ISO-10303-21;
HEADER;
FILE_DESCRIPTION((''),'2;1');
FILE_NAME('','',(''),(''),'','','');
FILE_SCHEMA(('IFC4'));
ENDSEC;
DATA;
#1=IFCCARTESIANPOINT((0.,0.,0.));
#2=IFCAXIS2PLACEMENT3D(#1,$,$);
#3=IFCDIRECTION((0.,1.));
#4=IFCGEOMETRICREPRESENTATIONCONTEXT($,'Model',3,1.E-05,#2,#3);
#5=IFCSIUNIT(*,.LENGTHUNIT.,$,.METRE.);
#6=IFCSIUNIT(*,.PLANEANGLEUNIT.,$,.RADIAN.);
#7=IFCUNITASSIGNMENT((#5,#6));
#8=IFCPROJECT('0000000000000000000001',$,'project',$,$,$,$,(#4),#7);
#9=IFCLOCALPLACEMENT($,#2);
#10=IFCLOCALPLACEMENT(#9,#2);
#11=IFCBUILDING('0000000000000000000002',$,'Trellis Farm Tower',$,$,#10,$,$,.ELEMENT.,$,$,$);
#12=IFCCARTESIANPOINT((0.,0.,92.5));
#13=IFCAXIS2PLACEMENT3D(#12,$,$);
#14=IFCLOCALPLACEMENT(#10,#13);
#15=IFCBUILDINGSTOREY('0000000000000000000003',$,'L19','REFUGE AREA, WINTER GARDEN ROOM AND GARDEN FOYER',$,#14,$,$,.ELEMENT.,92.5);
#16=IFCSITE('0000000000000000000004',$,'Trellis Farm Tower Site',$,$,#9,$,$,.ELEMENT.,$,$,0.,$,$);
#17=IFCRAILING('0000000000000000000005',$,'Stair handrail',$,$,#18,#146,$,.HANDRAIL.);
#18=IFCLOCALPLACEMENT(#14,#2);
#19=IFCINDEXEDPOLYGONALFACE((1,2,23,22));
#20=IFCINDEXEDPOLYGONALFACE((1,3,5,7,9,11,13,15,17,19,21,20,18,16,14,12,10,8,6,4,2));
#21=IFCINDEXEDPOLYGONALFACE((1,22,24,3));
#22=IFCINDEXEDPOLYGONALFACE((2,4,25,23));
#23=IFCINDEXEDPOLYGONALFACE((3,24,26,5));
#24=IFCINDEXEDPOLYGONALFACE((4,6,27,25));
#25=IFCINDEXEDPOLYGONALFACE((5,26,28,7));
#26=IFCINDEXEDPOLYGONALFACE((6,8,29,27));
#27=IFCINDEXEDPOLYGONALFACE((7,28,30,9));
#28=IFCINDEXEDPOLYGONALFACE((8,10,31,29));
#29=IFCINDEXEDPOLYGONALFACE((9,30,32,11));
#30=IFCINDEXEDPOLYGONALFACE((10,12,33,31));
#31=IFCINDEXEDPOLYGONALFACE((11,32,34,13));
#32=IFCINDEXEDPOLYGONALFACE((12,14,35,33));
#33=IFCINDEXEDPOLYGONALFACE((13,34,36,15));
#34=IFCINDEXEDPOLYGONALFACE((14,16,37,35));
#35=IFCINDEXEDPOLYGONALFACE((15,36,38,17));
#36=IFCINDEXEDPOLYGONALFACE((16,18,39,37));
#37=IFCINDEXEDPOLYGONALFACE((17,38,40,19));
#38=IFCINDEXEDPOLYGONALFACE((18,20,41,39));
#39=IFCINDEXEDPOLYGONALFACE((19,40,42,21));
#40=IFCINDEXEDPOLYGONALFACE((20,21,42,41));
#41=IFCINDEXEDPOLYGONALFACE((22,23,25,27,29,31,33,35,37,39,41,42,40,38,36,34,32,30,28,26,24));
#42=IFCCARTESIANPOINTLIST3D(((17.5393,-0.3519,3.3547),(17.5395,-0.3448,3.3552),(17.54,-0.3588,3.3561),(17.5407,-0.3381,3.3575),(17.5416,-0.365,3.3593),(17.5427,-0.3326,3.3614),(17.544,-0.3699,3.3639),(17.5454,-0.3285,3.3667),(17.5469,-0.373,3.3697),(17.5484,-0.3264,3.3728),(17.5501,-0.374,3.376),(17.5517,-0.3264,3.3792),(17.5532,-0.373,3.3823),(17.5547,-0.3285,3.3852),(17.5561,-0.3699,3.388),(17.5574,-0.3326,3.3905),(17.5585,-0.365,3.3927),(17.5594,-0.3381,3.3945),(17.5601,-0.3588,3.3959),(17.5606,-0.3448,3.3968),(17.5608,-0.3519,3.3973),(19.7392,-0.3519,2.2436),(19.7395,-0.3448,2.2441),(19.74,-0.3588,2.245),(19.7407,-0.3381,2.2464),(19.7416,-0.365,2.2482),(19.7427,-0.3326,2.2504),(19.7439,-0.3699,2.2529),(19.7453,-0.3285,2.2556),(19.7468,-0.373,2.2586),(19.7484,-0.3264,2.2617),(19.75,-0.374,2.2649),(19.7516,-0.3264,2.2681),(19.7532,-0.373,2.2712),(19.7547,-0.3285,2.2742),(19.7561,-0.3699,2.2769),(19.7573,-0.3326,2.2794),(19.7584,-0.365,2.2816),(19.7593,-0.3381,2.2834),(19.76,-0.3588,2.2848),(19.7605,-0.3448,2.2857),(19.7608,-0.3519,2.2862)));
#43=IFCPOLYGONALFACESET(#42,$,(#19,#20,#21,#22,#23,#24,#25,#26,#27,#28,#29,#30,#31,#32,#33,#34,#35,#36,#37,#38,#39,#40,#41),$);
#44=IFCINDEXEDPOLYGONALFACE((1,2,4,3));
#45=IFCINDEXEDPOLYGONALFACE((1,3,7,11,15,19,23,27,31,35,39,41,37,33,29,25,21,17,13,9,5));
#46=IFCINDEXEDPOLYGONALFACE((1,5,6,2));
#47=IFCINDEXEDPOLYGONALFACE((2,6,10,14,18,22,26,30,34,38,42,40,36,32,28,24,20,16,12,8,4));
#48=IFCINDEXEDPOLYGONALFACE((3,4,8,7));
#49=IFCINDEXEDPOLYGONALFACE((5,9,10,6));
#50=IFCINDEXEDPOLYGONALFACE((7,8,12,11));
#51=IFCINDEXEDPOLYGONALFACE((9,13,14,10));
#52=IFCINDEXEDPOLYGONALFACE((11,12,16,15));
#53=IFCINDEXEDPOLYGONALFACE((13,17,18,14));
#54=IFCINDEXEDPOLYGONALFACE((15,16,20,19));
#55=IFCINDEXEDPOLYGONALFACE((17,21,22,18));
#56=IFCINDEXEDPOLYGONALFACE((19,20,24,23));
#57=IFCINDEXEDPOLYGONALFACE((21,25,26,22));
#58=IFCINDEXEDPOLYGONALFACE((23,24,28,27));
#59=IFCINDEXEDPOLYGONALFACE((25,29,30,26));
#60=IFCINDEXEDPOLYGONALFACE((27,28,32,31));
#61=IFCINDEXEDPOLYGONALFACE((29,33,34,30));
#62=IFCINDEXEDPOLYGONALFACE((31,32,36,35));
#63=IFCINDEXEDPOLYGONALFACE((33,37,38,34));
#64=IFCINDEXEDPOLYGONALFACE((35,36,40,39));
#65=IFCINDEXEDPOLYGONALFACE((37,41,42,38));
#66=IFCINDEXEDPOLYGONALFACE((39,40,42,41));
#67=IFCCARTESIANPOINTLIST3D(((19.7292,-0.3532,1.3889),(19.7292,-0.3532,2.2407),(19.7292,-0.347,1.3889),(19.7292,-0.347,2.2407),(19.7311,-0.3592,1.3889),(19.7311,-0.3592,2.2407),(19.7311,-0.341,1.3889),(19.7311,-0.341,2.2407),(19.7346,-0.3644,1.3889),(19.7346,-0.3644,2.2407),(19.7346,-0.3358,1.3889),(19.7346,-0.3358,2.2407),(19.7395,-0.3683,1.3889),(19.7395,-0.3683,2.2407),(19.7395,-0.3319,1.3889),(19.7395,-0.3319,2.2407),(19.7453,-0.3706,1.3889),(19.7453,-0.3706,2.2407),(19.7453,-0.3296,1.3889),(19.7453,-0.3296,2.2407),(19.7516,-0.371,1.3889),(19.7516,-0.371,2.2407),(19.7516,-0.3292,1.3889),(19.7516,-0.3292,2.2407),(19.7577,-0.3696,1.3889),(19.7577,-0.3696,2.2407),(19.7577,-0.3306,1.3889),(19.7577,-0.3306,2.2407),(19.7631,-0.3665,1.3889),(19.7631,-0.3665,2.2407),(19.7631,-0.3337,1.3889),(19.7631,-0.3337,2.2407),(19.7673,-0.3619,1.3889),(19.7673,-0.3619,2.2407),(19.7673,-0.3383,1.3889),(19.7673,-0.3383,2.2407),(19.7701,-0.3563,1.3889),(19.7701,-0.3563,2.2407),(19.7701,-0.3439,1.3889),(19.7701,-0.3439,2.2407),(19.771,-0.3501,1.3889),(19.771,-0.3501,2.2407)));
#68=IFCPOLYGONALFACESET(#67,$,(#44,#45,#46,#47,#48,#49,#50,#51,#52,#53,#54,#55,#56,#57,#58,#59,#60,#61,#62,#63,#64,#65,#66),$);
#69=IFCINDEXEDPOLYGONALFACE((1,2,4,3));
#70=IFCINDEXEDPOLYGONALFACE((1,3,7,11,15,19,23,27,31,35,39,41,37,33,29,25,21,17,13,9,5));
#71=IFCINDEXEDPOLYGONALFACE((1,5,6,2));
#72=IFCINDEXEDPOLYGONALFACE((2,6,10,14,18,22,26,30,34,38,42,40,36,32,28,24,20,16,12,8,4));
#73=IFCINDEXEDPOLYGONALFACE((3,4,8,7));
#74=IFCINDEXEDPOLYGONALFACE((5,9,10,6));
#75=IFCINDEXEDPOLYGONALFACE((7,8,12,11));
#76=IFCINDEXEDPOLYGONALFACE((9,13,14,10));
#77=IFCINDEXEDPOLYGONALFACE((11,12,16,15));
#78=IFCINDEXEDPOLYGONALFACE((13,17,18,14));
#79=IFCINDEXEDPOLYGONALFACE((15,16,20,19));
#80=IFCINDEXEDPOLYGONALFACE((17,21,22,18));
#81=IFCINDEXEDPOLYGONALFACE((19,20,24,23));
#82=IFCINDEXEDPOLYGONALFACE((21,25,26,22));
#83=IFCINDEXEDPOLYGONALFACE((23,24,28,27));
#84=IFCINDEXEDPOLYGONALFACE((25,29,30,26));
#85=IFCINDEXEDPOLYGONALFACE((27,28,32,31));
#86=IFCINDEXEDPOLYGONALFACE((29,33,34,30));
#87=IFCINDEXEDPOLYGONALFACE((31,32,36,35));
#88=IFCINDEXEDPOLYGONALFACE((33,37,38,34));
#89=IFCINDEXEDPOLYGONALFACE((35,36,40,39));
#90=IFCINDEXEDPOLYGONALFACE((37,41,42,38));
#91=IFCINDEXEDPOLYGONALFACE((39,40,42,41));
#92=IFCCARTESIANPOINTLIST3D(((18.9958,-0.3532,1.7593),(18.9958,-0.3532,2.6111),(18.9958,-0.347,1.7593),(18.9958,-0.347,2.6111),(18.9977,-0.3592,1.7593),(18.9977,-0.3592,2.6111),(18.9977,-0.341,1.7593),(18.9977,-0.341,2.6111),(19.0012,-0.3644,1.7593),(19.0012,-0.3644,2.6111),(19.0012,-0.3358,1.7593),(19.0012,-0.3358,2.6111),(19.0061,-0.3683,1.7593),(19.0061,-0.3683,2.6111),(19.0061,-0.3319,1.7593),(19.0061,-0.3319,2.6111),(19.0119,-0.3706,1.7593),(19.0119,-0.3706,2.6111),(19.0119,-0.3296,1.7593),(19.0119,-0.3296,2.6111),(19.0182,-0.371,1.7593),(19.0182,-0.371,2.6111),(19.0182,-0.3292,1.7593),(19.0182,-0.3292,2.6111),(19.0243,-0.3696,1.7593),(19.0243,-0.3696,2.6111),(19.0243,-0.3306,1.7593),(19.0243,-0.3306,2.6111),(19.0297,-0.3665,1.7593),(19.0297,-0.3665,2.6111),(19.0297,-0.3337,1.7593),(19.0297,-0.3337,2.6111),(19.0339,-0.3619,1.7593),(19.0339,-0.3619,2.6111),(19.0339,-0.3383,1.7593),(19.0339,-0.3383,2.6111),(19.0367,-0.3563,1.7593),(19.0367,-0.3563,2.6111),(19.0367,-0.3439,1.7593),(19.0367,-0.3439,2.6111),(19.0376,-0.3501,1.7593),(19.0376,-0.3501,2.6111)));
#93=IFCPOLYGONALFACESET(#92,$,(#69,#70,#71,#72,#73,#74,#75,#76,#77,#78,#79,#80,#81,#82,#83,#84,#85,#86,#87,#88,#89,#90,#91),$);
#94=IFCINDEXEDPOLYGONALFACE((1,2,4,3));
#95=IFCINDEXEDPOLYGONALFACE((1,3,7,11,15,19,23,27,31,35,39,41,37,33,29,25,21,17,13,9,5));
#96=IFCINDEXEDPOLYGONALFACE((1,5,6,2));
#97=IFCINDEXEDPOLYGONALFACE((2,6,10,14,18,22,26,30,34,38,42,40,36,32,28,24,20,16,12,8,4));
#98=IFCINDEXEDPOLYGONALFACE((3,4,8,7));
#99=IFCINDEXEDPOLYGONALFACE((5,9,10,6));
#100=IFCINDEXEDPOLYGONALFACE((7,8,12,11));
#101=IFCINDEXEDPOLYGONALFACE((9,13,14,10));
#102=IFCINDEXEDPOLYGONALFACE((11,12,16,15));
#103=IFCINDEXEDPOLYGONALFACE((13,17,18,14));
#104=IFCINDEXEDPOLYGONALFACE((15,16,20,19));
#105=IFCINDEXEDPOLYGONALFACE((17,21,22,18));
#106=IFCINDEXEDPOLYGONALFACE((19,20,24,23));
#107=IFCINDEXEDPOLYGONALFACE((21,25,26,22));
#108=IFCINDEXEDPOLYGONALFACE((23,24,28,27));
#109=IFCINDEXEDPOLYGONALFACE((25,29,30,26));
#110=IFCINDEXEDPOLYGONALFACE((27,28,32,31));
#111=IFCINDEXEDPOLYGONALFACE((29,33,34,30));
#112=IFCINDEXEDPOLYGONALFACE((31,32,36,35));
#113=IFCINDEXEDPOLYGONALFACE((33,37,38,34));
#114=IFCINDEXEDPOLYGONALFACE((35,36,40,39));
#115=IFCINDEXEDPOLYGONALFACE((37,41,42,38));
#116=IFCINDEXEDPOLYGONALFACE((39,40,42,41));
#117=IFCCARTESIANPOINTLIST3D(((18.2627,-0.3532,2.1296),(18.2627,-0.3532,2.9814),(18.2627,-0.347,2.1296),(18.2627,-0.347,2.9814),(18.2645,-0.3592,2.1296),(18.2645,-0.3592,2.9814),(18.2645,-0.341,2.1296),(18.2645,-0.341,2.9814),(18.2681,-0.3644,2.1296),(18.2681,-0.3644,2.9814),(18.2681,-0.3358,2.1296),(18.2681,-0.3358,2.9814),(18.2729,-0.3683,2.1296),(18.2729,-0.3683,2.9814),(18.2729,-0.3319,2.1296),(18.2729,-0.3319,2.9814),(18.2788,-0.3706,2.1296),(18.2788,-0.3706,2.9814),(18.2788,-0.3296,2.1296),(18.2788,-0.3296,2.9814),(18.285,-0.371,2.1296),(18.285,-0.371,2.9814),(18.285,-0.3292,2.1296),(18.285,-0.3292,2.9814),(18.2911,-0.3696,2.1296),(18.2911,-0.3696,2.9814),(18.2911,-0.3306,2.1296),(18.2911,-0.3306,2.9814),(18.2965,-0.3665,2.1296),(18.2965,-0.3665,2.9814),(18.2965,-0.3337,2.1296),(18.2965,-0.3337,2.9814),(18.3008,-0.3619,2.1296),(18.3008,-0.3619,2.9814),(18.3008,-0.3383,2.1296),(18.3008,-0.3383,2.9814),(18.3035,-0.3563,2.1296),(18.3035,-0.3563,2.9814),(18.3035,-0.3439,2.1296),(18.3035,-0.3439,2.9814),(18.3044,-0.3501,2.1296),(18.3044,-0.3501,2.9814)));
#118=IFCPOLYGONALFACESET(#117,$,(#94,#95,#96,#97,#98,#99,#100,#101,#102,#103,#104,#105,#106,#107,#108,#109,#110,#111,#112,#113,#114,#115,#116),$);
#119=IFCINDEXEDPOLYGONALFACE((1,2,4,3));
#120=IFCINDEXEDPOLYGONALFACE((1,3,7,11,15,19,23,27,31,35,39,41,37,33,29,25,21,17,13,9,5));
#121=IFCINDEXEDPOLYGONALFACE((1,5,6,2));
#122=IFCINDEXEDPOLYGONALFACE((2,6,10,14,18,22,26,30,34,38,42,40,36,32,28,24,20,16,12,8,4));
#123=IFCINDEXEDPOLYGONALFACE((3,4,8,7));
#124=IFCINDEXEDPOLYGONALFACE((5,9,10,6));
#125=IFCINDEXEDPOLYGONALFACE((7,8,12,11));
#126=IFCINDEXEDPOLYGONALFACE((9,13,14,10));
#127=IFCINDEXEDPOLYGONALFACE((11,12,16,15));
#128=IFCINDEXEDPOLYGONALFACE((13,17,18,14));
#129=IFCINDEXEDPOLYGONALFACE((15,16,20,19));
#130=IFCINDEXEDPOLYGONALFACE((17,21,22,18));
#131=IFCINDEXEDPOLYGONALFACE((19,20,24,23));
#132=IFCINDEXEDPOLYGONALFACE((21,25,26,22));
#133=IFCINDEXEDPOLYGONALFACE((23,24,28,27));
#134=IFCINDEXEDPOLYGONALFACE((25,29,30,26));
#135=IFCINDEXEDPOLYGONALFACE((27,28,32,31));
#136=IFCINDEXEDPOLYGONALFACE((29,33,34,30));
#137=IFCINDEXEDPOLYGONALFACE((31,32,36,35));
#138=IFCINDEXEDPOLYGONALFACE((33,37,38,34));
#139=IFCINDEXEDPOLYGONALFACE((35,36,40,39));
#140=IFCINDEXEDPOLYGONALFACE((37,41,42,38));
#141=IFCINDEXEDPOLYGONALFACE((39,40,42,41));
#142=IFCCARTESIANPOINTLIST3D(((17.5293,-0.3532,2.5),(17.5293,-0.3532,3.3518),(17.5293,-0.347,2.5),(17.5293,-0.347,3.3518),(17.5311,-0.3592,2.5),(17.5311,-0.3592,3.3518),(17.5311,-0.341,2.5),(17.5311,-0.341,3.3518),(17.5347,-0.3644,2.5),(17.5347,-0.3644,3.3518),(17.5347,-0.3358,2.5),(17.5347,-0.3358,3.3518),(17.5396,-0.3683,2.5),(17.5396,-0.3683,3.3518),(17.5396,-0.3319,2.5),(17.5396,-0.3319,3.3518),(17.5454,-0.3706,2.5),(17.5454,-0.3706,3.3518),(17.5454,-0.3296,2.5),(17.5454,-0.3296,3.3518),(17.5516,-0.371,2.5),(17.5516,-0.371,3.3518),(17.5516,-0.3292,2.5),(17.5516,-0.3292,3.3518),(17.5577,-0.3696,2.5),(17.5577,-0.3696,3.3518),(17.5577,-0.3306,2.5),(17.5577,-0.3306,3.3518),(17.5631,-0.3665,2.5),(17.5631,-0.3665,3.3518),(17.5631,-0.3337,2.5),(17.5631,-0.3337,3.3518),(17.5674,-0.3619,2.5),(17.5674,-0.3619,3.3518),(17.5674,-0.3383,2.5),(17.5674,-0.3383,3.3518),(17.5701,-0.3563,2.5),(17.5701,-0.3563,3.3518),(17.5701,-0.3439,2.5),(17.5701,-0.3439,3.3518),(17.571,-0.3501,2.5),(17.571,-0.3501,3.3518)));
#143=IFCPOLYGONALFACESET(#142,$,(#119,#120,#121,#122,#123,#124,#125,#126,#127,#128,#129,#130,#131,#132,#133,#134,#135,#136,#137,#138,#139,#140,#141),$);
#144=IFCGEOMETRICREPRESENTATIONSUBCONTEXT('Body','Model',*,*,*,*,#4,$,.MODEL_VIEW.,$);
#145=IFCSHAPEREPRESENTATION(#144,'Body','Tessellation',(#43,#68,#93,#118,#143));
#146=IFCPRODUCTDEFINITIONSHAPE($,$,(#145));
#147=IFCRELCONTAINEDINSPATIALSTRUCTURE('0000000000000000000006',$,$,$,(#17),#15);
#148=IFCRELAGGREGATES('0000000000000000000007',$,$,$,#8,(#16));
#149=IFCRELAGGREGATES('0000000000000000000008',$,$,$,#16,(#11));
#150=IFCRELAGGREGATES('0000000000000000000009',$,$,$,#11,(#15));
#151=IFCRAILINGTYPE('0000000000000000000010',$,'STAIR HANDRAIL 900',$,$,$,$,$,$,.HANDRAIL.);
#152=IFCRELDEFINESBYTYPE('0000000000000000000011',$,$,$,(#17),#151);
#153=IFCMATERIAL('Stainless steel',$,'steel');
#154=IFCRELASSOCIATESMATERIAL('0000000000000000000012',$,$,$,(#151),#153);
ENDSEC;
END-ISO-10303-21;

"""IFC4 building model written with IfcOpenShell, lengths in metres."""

from ifc_helpers import new_model, si_unit, direction, frame, origin, origin_2d, place, context, subcontext, project, spatial, circle, extrude, source, transform, mapped, material, type_object, element, save


model = new_model("IFC4")

# Units and contexts
model_context = context("Model", 3, precision=1e-05, world=origin(), true_north=direction((0.0, 1.0)))
body_context = subcontext(model_context, "Body", "Model", "MODEL_VIEW")
ifc_project = project(units=[si_unit("LENGTHUNIT", "METRE"), si_unit("PLANEANGLEUNIT", "RADIAN")], contexts=[model_context])

# Site, building, storey
site_placement = place(None, origin())
site = spatial("IfcSite", under=ifc_project, at=site_placement, Name="Trellis Farm Tower Site", CompositionType="ELEMENT", RefElevation=0.0)
building_placement = place(site_placement, origin())
building = spatial("IfcBuilding", under=site, at=building_placement, Name="Trellis Farm Tower", CompositionType="ELEMENT")
storey_placement = place(building_placement, frame((0.0, 0.0, 92.5)))
storey = spatial("IfcBuildingStorey", under=building, at=storey_placement, Name="L19", Description="REFUGE AREA, WINTER GARDEN ROOM AND GARDEN FOYER", CompositionType="ELEMENT", Elevation=92.5)

# Shared definitions
ifc_material_1 = material(Name="Stainless steel", Category="steel")

# Railing
railing_type = type_object("IfcRailingType", Name="STAIR HANDRAIL 900", PredefinedType="HANDRAIL", material=ifc_material_1)
shared_shape_1 = source(origin(), body_context, "Body", "SweptSolid", [
    extrude(circle(Radius=0.0239, at=origin_2d()), frame((0.0, 0.0, 0.876), z_axis=(-0.892617, 0.0, 0.450816), x_axis=(0.0, -1.0, 0.0)), (0.0, 0.0, 1.0), 2.4646),
    extrude(circle(Radius=0.021, at=origin_2d()), origin(), (0.0, 0.0, 1.0), 0.8518),
    extrude(circle(Radius=0.021, at=origin_2d()), frame((-0.7334, 0.0, 0.3704)), (0.0, 0.0, 1.0), 0.8518),
    extrude(circle(Radius=0.021, at=origin_2d()), frame((-1.4666, 0.0, 0.7407)), (0.0, 0.0, 1.0), 0.8518),
    extrude(circle(Radius=0.021, at=origin_2d()), frame((-2.2, 0.0, 1.1111)), (0.0, 0.0, 1.0), 0.8518),
])
for number, where, name in (
    (1, (19.75, -0.3501, 1.3889), "Stair handrail"),
):
    element("IfcRailing", number, at=place(storey_placement, frame(where)), inside=storey, type_object=railing_type, Name=name, PredefinedType="HANDRAIL", context=body_context, shape_type="MappedRepresentation", body=[
        mapped(shared_shape_1, transform((0.0, 0.0, 0.0))),
    ])

save(model, "model.ifc")
